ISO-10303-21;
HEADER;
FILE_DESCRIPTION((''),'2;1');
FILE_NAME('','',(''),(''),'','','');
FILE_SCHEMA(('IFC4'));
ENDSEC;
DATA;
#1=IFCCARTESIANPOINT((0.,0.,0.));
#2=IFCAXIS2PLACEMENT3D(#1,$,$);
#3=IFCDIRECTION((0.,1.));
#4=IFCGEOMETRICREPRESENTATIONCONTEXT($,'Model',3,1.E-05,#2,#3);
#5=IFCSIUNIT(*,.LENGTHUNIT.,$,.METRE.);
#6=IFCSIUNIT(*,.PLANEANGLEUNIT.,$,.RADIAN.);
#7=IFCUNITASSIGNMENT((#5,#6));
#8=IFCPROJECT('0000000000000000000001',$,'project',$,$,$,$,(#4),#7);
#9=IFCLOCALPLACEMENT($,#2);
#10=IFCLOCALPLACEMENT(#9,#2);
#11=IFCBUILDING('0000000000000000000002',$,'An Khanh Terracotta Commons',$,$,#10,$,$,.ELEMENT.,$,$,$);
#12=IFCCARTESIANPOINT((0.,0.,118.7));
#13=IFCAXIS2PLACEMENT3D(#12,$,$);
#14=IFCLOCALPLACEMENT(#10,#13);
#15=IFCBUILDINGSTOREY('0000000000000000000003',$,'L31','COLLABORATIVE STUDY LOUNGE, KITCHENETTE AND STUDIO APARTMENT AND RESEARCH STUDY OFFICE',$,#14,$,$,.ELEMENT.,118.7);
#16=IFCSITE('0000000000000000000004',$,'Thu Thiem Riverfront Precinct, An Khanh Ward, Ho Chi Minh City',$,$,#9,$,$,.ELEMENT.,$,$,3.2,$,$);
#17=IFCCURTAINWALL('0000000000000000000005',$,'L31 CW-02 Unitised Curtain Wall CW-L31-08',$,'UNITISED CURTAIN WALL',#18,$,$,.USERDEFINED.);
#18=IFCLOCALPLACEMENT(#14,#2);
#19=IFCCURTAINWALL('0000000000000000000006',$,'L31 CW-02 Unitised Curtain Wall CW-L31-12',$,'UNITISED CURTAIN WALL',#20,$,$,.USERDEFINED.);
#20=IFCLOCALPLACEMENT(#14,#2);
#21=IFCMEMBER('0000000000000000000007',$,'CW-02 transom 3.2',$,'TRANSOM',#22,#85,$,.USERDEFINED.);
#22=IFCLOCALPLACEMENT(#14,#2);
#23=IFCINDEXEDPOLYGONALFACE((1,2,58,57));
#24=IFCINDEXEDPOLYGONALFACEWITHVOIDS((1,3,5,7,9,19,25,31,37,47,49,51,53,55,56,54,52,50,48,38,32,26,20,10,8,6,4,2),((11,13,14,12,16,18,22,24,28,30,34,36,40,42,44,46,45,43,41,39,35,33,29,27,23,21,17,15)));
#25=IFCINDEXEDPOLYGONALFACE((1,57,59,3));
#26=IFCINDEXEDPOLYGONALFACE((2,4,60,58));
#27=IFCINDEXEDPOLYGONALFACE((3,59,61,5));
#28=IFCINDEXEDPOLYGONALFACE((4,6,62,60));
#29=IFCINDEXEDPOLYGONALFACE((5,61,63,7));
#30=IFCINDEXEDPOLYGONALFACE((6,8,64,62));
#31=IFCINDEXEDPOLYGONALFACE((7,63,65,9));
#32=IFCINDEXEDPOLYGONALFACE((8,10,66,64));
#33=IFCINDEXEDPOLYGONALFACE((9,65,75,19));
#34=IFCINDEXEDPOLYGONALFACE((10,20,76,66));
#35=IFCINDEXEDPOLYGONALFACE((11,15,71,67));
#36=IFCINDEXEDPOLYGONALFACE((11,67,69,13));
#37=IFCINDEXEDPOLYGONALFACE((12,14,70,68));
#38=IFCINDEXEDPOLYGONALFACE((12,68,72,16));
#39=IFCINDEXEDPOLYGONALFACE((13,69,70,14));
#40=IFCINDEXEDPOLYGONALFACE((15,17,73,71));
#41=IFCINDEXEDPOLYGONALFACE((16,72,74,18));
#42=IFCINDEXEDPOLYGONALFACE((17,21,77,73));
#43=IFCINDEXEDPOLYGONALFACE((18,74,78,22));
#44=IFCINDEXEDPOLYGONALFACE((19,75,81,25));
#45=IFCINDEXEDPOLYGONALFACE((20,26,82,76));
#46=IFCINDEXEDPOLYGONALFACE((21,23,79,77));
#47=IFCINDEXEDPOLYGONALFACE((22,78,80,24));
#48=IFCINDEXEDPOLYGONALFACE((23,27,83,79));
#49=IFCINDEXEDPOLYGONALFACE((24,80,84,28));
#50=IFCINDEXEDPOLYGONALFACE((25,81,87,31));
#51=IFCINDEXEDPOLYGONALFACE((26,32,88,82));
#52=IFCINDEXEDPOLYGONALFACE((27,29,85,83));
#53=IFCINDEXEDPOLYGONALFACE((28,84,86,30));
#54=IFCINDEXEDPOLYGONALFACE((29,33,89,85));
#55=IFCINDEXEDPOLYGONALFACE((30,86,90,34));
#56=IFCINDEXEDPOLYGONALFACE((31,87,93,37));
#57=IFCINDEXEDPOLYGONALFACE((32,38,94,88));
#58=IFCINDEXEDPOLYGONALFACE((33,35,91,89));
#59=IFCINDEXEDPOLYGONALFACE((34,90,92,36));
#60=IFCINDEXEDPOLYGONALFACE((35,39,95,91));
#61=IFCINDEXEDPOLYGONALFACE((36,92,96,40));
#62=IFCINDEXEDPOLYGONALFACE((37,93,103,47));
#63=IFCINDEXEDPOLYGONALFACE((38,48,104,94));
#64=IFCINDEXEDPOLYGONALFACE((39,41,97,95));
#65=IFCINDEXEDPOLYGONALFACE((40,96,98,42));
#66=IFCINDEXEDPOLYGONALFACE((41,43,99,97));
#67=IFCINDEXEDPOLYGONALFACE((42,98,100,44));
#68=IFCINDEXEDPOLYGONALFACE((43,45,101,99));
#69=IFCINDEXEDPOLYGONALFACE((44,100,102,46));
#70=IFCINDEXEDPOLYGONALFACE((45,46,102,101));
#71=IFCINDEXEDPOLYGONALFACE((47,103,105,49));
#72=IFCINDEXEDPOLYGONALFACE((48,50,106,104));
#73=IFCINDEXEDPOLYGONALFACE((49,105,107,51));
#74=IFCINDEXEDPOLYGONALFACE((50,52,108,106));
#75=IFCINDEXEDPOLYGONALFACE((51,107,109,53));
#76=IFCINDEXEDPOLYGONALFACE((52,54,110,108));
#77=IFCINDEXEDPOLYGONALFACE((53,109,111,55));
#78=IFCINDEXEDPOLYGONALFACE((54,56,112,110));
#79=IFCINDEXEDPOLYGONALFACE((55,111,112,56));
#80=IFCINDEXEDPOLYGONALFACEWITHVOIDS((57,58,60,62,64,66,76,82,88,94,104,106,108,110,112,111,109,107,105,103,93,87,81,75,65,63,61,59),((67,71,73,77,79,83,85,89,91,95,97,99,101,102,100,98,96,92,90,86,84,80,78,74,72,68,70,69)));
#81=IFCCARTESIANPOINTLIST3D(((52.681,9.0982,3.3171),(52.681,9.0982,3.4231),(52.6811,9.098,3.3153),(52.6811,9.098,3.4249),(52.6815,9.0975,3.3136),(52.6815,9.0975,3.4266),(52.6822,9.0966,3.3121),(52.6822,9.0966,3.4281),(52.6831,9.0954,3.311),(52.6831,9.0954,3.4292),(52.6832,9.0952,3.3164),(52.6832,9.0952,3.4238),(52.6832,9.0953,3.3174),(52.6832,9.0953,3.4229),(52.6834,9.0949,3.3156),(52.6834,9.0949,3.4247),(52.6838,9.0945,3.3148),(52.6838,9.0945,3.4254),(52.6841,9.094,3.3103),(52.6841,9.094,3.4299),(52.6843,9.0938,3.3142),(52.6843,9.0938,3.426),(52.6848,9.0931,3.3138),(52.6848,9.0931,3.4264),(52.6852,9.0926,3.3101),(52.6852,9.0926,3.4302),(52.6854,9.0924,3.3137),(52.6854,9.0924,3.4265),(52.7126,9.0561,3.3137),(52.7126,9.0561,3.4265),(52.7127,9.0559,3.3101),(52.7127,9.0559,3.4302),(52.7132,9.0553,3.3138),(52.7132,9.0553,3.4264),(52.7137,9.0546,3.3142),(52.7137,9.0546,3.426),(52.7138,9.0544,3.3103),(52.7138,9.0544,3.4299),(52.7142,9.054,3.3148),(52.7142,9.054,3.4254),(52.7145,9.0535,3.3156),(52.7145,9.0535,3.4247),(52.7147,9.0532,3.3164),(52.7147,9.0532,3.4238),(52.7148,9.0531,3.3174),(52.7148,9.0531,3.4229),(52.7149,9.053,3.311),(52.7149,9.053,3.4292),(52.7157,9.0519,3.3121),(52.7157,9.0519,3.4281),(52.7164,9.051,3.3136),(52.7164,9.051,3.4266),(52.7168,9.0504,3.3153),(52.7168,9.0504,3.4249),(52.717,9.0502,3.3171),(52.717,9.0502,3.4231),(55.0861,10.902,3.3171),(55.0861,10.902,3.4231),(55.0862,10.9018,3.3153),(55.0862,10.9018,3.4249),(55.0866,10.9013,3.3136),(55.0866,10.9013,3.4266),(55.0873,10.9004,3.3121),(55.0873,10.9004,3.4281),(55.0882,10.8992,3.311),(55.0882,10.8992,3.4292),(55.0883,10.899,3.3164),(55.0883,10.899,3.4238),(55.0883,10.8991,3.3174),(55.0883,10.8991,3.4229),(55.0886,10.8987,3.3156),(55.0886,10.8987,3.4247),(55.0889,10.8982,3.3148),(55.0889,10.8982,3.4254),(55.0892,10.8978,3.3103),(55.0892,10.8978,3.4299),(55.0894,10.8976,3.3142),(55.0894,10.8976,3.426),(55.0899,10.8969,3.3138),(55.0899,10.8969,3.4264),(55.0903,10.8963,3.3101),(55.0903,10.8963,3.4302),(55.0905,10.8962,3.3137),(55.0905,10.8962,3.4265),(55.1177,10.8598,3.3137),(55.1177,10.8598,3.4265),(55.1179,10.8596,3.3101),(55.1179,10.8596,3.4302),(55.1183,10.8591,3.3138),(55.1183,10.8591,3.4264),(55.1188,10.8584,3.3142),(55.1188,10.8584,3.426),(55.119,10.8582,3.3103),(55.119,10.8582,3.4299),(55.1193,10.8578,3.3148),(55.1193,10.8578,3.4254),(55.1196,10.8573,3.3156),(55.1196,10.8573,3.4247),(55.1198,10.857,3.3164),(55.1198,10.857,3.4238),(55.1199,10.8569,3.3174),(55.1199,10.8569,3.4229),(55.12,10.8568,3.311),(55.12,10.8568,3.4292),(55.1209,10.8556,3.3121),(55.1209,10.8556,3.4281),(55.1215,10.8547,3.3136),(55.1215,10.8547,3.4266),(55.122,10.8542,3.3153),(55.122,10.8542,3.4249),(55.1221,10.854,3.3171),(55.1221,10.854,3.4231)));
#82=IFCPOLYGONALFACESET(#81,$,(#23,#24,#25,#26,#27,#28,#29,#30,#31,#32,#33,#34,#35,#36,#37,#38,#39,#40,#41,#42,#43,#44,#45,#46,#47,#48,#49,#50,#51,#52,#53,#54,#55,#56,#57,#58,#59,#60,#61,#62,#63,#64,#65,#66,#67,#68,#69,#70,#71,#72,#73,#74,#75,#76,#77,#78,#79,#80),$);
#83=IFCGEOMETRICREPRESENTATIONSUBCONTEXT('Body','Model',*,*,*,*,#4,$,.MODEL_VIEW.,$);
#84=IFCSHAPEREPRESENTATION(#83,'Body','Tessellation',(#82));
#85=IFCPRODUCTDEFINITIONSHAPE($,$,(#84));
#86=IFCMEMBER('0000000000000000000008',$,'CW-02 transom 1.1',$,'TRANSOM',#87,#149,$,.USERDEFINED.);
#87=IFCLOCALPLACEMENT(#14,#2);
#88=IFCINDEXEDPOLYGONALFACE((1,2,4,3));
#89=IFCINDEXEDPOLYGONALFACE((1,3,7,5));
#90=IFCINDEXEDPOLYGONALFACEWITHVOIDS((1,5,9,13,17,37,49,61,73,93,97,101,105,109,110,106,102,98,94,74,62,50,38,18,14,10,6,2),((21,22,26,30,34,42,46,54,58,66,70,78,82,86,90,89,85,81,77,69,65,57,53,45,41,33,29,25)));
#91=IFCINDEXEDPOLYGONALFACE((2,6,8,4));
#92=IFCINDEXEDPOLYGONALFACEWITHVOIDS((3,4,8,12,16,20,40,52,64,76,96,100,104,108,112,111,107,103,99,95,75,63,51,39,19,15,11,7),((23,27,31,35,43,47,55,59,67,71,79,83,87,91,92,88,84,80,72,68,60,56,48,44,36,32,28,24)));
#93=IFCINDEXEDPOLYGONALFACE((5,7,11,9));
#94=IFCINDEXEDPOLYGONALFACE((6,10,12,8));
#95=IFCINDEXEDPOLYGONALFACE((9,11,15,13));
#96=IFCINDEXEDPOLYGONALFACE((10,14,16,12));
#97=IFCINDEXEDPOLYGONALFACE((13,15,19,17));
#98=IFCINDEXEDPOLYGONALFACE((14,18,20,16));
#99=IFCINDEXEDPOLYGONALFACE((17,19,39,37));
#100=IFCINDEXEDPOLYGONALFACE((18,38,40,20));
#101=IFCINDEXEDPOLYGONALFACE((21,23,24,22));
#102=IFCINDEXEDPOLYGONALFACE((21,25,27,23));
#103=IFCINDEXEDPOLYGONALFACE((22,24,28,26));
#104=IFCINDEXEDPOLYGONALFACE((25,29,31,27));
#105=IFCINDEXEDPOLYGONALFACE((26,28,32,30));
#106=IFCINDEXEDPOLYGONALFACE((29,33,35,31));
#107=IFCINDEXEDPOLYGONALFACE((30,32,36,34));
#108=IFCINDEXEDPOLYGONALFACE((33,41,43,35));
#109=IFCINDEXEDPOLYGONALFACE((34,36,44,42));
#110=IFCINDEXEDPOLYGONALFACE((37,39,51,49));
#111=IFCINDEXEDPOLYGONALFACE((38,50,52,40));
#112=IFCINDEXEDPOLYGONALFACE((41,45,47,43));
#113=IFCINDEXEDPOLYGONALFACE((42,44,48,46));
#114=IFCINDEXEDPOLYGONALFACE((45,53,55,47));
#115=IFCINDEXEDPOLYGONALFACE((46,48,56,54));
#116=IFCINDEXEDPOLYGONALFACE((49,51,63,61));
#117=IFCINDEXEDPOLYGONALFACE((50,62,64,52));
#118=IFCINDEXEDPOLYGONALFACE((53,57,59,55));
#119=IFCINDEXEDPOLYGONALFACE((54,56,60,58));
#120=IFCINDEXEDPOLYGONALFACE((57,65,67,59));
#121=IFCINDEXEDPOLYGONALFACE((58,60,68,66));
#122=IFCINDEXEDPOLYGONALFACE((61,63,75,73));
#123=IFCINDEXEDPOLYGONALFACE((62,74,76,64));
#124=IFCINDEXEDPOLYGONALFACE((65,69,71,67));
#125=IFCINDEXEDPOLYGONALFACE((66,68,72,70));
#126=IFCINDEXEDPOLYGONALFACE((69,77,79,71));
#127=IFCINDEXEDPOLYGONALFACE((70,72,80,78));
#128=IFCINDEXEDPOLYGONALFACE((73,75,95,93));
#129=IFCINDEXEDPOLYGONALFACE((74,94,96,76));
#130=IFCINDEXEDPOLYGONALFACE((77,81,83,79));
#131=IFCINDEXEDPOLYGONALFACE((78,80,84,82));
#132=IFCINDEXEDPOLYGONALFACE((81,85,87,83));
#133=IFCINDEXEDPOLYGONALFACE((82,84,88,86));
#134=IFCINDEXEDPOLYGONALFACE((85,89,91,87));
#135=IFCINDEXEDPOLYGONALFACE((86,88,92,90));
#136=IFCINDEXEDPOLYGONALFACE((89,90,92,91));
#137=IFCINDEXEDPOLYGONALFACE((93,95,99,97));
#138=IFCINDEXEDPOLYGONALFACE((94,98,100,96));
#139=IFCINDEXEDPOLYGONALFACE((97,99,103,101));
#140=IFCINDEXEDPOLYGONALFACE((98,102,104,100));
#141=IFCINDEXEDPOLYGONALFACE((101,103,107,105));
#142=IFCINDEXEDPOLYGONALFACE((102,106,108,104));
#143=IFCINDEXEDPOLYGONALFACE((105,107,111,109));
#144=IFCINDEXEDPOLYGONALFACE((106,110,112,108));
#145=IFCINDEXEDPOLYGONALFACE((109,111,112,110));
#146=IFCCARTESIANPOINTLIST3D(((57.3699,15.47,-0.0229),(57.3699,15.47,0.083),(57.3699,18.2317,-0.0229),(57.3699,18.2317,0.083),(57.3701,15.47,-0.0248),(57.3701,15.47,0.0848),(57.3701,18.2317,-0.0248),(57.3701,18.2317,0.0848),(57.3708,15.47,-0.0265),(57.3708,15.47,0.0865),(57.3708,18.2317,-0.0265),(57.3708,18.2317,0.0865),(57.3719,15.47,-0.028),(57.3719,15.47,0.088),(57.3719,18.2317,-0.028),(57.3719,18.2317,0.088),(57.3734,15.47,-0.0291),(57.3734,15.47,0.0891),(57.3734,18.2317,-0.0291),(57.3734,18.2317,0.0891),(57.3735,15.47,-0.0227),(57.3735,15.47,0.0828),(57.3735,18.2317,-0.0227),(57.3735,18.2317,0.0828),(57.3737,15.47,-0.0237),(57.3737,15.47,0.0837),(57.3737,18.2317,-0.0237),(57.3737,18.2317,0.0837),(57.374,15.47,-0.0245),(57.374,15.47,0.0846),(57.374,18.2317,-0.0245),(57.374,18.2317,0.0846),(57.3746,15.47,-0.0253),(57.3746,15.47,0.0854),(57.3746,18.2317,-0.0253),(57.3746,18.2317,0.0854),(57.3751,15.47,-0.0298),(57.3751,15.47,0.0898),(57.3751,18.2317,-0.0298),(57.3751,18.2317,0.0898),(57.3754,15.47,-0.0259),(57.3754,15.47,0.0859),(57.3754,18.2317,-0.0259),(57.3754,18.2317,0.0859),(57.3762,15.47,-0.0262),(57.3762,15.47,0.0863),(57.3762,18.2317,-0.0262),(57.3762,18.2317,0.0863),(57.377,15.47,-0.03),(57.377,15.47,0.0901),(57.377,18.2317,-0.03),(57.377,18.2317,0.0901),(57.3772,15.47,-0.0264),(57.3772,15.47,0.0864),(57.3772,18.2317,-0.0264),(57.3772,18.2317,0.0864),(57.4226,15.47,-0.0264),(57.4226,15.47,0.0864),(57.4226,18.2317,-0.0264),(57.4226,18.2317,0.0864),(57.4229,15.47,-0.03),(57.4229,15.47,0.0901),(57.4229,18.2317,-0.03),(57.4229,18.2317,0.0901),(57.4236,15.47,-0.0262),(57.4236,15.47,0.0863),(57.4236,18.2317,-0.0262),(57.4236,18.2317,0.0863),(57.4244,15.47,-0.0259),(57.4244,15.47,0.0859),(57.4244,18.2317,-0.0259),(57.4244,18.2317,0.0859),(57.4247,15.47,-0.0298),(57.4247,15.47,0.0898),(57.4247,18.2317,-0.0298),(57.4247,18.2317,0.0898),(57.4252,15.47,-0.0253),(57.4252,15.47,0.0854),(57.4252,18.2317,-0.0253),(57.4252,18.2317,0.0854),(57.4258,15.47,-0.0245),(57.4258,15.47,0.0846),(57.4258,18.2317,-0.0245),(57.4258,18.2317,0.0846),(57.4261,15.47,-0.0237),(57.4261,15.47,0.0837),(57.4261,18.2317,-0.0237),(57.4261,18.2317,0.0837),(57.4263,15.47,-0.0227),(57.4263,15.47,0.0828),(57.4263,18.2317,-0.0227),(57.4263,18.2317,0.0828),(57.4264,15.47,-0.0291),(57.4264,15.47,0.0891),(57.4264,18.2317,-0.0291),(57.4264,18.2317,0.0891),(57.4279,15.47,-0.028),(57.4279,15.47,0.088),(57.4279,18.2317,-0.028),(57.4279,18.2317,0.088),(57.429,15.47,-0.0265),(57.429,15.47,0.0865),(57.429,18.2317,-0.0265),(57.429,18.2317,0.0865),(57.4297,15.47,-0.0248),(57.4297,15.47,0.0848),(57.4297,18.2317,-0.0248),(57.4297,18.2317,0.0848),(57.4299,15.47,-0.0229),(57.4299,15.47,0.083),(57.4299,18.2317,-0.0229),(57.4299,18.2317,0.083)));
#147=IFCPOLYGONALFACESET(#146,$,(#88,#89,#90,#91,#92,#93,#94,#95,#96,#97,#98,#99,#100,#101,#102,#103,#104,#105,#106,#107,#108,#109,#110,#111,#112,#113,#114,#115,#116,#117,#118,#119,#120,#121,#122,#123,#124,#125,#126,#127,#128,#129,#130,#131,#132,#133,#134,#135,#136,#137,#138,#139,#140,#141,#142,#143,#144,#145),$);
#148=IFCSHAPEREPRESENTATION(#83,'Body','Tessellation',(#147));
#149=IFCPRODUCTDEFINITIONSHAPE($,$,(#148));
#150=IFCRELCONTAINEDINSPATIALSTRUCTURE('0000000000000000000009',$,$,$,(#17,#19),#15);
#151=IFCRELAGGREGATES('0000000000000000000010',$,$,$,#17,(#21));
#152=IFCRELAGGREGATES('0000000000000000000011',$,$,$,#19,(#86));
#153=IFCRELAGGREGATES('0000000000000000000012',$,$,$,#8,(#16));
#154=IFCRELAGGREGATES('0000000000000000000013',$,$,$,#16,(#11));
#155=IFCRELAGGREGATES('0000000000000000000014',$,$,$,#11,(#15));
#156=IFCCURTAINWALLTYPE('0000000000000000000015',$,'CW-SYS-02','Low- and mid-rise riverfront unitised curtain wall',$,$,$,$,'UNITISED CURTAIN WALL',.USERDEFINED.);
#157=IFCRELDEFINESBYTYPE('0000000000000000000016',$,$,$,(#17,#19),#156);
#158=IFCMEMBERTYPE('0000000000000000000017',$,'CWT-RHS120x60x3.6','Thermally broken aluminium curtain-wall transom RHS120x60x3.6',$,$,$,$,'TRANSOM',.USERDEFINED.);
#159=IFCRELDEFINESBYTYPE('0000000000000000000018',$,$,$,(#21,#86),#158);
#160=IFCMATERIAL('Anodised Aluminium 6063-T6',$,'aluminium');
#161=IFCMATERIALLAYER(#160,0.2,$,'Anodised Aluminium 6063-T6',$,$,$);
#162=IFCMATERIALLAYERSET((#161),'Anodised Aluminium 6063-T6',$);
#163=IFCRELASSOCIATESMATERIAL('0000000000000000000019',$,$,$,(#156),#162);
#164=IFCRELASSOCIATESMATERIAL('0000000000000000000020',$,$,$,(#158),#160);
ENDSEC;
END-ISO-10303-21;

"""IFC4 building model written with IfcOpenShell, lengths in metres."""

from ifc_helpers import new_model, si_unit, direction, frame, origin, origin_2d, place, context, subcontext, project, spatial, hollow_rectangle, extrude, material, layer, layer_set, material_profile, profile_set, type_object, element, aggregate, save


model = new_model("IFC4")

# Units and contexts
model_context = context("Model", 3, precision=1e-05, world=origin(), true_north=direction((0.0, 1.0)))
body_context = subcontext(model_context, "Body", "Model", "MODEL_VIEW")
ifc_project = project(units=[si_unit("LENGTHUNIT", "METRE"), si_unit("PLANEANGLEUNIT", "RADIAN")], contexts=[model_context])

# Site, building, storey
site_placement = place(None, origin())
site = spatial("IfcSite", under=ifc_project, at=site_placement, Name="Thu Thiem Riverfront Precinct, An Khanh Ward, Ho Chi Minh City", CompositionType="ELEMENT", RefElevation=3.2)
building_placement = place(site_placement, origin())
building = spatial("IfcBuilding", under=site, at=building_placement, Name="An Khanh Terracotta Commons", CompositionType="ELEMENT")
storey_placement = place(building_placement, frame((0.0, 0.0, 118.7)))
storey = spatial("IfcBuildingStorey", under=building, at=storey_placement, Name="L31", Description="COLLABORATIVE STUDY LOUNGE, KITCHENETTE AND STUDIO APARTMENT AND RESEARCH STUDY OFFICE", CompositionType="ELEMENT", Elevation=118.7)

# Curtain walls
ifc_material_1 = material(Name="Anodised Aluminium 6063-T6", Category="aluminium")
ifc_layer_1 = layer(ifc_material_1, 0.2, Name="Anodised Aluminium 6063-T6")
ifc_layer_set_1 = layer_set([ifc_layer_1], Name="Anodised Aluminium 6063-T6")
curtain_wall_type = type_object("IfcCurtainWallType", Name="CW-SYS-02", Description="Low- and mid-rise riverfront unitised curtain wall", ElementType="UNITISED CURTAIN WALL", PredefinedType="USERDEFINED", material=ifc_layer_set_1)
curtain_wall_1_placement = place(storey_placement, origin())
curtain_wall_1 = element("IfcCurtainWall", 1, at=curtain_wall_1_placement, inside=storey, type_object=curtain_wall_type, Name="L31 CW-02 Unitised Curtain Wall CW-L31-08", ObjectType="UNITISED CURTAIN WALL", PredefinedType="USERDEFINED")
curtain_wall_2_placement = place(storey_placement, origin())
curtain_wall_2 = element("IfcCurtainWall", 2, at=curtain_wall_2_placement, inside=storey, type_object=curtain_wall_type, Name="L31 CW-02 Unitised Curtain Wall CW-L31-12", ObjectType="UNITISED CURTAIN WALL", PredefinedType="USERDEFINED")

# Members
ifc_material_profile_1 = material_profile(ifc_material_1, hollow_rectangle(XDim=0.0601, YDim=0.1201, WallThickness=0.0037, InnerFilletRadius=0.0037, OuterFilletRadius=0.0071, at=origin_2d()), Name="RHS120x60x3.6")
ifc_profile_set_1 = profile_set([ifc_material_profile_1], Name="Anodised Aluminium 6063-T6")
member_type_1 = type_object("IfcMemberType", Name="CWT-RHS120x60x3.6", Description="Thermally broken aluminium curtain-wall transom RHS120x60x3.6", ElementType="TRANSOM", PredefinedType="USERDEFINED", material=ifc_profile_set_1)
member_1_placement = place(storey_placement, frame((52.699, 9.0742, 3.3701), z_axis=(0.80001, 0.599987, 0.0), x_axis=(-0.599987, 0.80001, 0.0)))
member_1 = element("IfcMember", 3, at=member_1_placement, type_object=member_type_1, Name="CW-02 transom 3.2", ObjectType="TRANSOM", PredefinedType="USERDEFINED", context=body_context, shape_type="SweptSolid", body=[
    extrude(hollow_rectangle(XDim=0.0601, YDim=0.1201, WallThickness=0.0037, InnerFilletRadius=0.0037, OuterFilletRadius=0.0071, at=origin_2d()), origin(), (0.0, 0.0, 1.0), 3.0063),
])
member_2_placement = place(storey_placement, frame((57.3999, 15.47, 0.03), z_axis=(0.0, 1.0, 0.0), x_axis=(-1.0, 0.0, 0.0)))
member_2 = element("IfcMember", 4, at=member_2_placement, type_object=member_type_1, Name="CW-02 transom 1.1", ObjectType="TRANSOM", PredefinedType="USERDEFINED", context=body_context, shape_type="SweptSolid", body=[
    extrude(hollow_rectangle(XDim=0.0601, YDim=0.1201, WallThickness=0.0037, InnerFilletRadius=0.0037, OuterFilletRadius=0.0071, at=origin_2d()), origin(), (0.0, 0.0, 1.0), 2.7617),
])

aggregate(curtain_wall_1, [member_1])
aggregate(curtain_wall_2, [member_2])

save(model, "model.ifc")
